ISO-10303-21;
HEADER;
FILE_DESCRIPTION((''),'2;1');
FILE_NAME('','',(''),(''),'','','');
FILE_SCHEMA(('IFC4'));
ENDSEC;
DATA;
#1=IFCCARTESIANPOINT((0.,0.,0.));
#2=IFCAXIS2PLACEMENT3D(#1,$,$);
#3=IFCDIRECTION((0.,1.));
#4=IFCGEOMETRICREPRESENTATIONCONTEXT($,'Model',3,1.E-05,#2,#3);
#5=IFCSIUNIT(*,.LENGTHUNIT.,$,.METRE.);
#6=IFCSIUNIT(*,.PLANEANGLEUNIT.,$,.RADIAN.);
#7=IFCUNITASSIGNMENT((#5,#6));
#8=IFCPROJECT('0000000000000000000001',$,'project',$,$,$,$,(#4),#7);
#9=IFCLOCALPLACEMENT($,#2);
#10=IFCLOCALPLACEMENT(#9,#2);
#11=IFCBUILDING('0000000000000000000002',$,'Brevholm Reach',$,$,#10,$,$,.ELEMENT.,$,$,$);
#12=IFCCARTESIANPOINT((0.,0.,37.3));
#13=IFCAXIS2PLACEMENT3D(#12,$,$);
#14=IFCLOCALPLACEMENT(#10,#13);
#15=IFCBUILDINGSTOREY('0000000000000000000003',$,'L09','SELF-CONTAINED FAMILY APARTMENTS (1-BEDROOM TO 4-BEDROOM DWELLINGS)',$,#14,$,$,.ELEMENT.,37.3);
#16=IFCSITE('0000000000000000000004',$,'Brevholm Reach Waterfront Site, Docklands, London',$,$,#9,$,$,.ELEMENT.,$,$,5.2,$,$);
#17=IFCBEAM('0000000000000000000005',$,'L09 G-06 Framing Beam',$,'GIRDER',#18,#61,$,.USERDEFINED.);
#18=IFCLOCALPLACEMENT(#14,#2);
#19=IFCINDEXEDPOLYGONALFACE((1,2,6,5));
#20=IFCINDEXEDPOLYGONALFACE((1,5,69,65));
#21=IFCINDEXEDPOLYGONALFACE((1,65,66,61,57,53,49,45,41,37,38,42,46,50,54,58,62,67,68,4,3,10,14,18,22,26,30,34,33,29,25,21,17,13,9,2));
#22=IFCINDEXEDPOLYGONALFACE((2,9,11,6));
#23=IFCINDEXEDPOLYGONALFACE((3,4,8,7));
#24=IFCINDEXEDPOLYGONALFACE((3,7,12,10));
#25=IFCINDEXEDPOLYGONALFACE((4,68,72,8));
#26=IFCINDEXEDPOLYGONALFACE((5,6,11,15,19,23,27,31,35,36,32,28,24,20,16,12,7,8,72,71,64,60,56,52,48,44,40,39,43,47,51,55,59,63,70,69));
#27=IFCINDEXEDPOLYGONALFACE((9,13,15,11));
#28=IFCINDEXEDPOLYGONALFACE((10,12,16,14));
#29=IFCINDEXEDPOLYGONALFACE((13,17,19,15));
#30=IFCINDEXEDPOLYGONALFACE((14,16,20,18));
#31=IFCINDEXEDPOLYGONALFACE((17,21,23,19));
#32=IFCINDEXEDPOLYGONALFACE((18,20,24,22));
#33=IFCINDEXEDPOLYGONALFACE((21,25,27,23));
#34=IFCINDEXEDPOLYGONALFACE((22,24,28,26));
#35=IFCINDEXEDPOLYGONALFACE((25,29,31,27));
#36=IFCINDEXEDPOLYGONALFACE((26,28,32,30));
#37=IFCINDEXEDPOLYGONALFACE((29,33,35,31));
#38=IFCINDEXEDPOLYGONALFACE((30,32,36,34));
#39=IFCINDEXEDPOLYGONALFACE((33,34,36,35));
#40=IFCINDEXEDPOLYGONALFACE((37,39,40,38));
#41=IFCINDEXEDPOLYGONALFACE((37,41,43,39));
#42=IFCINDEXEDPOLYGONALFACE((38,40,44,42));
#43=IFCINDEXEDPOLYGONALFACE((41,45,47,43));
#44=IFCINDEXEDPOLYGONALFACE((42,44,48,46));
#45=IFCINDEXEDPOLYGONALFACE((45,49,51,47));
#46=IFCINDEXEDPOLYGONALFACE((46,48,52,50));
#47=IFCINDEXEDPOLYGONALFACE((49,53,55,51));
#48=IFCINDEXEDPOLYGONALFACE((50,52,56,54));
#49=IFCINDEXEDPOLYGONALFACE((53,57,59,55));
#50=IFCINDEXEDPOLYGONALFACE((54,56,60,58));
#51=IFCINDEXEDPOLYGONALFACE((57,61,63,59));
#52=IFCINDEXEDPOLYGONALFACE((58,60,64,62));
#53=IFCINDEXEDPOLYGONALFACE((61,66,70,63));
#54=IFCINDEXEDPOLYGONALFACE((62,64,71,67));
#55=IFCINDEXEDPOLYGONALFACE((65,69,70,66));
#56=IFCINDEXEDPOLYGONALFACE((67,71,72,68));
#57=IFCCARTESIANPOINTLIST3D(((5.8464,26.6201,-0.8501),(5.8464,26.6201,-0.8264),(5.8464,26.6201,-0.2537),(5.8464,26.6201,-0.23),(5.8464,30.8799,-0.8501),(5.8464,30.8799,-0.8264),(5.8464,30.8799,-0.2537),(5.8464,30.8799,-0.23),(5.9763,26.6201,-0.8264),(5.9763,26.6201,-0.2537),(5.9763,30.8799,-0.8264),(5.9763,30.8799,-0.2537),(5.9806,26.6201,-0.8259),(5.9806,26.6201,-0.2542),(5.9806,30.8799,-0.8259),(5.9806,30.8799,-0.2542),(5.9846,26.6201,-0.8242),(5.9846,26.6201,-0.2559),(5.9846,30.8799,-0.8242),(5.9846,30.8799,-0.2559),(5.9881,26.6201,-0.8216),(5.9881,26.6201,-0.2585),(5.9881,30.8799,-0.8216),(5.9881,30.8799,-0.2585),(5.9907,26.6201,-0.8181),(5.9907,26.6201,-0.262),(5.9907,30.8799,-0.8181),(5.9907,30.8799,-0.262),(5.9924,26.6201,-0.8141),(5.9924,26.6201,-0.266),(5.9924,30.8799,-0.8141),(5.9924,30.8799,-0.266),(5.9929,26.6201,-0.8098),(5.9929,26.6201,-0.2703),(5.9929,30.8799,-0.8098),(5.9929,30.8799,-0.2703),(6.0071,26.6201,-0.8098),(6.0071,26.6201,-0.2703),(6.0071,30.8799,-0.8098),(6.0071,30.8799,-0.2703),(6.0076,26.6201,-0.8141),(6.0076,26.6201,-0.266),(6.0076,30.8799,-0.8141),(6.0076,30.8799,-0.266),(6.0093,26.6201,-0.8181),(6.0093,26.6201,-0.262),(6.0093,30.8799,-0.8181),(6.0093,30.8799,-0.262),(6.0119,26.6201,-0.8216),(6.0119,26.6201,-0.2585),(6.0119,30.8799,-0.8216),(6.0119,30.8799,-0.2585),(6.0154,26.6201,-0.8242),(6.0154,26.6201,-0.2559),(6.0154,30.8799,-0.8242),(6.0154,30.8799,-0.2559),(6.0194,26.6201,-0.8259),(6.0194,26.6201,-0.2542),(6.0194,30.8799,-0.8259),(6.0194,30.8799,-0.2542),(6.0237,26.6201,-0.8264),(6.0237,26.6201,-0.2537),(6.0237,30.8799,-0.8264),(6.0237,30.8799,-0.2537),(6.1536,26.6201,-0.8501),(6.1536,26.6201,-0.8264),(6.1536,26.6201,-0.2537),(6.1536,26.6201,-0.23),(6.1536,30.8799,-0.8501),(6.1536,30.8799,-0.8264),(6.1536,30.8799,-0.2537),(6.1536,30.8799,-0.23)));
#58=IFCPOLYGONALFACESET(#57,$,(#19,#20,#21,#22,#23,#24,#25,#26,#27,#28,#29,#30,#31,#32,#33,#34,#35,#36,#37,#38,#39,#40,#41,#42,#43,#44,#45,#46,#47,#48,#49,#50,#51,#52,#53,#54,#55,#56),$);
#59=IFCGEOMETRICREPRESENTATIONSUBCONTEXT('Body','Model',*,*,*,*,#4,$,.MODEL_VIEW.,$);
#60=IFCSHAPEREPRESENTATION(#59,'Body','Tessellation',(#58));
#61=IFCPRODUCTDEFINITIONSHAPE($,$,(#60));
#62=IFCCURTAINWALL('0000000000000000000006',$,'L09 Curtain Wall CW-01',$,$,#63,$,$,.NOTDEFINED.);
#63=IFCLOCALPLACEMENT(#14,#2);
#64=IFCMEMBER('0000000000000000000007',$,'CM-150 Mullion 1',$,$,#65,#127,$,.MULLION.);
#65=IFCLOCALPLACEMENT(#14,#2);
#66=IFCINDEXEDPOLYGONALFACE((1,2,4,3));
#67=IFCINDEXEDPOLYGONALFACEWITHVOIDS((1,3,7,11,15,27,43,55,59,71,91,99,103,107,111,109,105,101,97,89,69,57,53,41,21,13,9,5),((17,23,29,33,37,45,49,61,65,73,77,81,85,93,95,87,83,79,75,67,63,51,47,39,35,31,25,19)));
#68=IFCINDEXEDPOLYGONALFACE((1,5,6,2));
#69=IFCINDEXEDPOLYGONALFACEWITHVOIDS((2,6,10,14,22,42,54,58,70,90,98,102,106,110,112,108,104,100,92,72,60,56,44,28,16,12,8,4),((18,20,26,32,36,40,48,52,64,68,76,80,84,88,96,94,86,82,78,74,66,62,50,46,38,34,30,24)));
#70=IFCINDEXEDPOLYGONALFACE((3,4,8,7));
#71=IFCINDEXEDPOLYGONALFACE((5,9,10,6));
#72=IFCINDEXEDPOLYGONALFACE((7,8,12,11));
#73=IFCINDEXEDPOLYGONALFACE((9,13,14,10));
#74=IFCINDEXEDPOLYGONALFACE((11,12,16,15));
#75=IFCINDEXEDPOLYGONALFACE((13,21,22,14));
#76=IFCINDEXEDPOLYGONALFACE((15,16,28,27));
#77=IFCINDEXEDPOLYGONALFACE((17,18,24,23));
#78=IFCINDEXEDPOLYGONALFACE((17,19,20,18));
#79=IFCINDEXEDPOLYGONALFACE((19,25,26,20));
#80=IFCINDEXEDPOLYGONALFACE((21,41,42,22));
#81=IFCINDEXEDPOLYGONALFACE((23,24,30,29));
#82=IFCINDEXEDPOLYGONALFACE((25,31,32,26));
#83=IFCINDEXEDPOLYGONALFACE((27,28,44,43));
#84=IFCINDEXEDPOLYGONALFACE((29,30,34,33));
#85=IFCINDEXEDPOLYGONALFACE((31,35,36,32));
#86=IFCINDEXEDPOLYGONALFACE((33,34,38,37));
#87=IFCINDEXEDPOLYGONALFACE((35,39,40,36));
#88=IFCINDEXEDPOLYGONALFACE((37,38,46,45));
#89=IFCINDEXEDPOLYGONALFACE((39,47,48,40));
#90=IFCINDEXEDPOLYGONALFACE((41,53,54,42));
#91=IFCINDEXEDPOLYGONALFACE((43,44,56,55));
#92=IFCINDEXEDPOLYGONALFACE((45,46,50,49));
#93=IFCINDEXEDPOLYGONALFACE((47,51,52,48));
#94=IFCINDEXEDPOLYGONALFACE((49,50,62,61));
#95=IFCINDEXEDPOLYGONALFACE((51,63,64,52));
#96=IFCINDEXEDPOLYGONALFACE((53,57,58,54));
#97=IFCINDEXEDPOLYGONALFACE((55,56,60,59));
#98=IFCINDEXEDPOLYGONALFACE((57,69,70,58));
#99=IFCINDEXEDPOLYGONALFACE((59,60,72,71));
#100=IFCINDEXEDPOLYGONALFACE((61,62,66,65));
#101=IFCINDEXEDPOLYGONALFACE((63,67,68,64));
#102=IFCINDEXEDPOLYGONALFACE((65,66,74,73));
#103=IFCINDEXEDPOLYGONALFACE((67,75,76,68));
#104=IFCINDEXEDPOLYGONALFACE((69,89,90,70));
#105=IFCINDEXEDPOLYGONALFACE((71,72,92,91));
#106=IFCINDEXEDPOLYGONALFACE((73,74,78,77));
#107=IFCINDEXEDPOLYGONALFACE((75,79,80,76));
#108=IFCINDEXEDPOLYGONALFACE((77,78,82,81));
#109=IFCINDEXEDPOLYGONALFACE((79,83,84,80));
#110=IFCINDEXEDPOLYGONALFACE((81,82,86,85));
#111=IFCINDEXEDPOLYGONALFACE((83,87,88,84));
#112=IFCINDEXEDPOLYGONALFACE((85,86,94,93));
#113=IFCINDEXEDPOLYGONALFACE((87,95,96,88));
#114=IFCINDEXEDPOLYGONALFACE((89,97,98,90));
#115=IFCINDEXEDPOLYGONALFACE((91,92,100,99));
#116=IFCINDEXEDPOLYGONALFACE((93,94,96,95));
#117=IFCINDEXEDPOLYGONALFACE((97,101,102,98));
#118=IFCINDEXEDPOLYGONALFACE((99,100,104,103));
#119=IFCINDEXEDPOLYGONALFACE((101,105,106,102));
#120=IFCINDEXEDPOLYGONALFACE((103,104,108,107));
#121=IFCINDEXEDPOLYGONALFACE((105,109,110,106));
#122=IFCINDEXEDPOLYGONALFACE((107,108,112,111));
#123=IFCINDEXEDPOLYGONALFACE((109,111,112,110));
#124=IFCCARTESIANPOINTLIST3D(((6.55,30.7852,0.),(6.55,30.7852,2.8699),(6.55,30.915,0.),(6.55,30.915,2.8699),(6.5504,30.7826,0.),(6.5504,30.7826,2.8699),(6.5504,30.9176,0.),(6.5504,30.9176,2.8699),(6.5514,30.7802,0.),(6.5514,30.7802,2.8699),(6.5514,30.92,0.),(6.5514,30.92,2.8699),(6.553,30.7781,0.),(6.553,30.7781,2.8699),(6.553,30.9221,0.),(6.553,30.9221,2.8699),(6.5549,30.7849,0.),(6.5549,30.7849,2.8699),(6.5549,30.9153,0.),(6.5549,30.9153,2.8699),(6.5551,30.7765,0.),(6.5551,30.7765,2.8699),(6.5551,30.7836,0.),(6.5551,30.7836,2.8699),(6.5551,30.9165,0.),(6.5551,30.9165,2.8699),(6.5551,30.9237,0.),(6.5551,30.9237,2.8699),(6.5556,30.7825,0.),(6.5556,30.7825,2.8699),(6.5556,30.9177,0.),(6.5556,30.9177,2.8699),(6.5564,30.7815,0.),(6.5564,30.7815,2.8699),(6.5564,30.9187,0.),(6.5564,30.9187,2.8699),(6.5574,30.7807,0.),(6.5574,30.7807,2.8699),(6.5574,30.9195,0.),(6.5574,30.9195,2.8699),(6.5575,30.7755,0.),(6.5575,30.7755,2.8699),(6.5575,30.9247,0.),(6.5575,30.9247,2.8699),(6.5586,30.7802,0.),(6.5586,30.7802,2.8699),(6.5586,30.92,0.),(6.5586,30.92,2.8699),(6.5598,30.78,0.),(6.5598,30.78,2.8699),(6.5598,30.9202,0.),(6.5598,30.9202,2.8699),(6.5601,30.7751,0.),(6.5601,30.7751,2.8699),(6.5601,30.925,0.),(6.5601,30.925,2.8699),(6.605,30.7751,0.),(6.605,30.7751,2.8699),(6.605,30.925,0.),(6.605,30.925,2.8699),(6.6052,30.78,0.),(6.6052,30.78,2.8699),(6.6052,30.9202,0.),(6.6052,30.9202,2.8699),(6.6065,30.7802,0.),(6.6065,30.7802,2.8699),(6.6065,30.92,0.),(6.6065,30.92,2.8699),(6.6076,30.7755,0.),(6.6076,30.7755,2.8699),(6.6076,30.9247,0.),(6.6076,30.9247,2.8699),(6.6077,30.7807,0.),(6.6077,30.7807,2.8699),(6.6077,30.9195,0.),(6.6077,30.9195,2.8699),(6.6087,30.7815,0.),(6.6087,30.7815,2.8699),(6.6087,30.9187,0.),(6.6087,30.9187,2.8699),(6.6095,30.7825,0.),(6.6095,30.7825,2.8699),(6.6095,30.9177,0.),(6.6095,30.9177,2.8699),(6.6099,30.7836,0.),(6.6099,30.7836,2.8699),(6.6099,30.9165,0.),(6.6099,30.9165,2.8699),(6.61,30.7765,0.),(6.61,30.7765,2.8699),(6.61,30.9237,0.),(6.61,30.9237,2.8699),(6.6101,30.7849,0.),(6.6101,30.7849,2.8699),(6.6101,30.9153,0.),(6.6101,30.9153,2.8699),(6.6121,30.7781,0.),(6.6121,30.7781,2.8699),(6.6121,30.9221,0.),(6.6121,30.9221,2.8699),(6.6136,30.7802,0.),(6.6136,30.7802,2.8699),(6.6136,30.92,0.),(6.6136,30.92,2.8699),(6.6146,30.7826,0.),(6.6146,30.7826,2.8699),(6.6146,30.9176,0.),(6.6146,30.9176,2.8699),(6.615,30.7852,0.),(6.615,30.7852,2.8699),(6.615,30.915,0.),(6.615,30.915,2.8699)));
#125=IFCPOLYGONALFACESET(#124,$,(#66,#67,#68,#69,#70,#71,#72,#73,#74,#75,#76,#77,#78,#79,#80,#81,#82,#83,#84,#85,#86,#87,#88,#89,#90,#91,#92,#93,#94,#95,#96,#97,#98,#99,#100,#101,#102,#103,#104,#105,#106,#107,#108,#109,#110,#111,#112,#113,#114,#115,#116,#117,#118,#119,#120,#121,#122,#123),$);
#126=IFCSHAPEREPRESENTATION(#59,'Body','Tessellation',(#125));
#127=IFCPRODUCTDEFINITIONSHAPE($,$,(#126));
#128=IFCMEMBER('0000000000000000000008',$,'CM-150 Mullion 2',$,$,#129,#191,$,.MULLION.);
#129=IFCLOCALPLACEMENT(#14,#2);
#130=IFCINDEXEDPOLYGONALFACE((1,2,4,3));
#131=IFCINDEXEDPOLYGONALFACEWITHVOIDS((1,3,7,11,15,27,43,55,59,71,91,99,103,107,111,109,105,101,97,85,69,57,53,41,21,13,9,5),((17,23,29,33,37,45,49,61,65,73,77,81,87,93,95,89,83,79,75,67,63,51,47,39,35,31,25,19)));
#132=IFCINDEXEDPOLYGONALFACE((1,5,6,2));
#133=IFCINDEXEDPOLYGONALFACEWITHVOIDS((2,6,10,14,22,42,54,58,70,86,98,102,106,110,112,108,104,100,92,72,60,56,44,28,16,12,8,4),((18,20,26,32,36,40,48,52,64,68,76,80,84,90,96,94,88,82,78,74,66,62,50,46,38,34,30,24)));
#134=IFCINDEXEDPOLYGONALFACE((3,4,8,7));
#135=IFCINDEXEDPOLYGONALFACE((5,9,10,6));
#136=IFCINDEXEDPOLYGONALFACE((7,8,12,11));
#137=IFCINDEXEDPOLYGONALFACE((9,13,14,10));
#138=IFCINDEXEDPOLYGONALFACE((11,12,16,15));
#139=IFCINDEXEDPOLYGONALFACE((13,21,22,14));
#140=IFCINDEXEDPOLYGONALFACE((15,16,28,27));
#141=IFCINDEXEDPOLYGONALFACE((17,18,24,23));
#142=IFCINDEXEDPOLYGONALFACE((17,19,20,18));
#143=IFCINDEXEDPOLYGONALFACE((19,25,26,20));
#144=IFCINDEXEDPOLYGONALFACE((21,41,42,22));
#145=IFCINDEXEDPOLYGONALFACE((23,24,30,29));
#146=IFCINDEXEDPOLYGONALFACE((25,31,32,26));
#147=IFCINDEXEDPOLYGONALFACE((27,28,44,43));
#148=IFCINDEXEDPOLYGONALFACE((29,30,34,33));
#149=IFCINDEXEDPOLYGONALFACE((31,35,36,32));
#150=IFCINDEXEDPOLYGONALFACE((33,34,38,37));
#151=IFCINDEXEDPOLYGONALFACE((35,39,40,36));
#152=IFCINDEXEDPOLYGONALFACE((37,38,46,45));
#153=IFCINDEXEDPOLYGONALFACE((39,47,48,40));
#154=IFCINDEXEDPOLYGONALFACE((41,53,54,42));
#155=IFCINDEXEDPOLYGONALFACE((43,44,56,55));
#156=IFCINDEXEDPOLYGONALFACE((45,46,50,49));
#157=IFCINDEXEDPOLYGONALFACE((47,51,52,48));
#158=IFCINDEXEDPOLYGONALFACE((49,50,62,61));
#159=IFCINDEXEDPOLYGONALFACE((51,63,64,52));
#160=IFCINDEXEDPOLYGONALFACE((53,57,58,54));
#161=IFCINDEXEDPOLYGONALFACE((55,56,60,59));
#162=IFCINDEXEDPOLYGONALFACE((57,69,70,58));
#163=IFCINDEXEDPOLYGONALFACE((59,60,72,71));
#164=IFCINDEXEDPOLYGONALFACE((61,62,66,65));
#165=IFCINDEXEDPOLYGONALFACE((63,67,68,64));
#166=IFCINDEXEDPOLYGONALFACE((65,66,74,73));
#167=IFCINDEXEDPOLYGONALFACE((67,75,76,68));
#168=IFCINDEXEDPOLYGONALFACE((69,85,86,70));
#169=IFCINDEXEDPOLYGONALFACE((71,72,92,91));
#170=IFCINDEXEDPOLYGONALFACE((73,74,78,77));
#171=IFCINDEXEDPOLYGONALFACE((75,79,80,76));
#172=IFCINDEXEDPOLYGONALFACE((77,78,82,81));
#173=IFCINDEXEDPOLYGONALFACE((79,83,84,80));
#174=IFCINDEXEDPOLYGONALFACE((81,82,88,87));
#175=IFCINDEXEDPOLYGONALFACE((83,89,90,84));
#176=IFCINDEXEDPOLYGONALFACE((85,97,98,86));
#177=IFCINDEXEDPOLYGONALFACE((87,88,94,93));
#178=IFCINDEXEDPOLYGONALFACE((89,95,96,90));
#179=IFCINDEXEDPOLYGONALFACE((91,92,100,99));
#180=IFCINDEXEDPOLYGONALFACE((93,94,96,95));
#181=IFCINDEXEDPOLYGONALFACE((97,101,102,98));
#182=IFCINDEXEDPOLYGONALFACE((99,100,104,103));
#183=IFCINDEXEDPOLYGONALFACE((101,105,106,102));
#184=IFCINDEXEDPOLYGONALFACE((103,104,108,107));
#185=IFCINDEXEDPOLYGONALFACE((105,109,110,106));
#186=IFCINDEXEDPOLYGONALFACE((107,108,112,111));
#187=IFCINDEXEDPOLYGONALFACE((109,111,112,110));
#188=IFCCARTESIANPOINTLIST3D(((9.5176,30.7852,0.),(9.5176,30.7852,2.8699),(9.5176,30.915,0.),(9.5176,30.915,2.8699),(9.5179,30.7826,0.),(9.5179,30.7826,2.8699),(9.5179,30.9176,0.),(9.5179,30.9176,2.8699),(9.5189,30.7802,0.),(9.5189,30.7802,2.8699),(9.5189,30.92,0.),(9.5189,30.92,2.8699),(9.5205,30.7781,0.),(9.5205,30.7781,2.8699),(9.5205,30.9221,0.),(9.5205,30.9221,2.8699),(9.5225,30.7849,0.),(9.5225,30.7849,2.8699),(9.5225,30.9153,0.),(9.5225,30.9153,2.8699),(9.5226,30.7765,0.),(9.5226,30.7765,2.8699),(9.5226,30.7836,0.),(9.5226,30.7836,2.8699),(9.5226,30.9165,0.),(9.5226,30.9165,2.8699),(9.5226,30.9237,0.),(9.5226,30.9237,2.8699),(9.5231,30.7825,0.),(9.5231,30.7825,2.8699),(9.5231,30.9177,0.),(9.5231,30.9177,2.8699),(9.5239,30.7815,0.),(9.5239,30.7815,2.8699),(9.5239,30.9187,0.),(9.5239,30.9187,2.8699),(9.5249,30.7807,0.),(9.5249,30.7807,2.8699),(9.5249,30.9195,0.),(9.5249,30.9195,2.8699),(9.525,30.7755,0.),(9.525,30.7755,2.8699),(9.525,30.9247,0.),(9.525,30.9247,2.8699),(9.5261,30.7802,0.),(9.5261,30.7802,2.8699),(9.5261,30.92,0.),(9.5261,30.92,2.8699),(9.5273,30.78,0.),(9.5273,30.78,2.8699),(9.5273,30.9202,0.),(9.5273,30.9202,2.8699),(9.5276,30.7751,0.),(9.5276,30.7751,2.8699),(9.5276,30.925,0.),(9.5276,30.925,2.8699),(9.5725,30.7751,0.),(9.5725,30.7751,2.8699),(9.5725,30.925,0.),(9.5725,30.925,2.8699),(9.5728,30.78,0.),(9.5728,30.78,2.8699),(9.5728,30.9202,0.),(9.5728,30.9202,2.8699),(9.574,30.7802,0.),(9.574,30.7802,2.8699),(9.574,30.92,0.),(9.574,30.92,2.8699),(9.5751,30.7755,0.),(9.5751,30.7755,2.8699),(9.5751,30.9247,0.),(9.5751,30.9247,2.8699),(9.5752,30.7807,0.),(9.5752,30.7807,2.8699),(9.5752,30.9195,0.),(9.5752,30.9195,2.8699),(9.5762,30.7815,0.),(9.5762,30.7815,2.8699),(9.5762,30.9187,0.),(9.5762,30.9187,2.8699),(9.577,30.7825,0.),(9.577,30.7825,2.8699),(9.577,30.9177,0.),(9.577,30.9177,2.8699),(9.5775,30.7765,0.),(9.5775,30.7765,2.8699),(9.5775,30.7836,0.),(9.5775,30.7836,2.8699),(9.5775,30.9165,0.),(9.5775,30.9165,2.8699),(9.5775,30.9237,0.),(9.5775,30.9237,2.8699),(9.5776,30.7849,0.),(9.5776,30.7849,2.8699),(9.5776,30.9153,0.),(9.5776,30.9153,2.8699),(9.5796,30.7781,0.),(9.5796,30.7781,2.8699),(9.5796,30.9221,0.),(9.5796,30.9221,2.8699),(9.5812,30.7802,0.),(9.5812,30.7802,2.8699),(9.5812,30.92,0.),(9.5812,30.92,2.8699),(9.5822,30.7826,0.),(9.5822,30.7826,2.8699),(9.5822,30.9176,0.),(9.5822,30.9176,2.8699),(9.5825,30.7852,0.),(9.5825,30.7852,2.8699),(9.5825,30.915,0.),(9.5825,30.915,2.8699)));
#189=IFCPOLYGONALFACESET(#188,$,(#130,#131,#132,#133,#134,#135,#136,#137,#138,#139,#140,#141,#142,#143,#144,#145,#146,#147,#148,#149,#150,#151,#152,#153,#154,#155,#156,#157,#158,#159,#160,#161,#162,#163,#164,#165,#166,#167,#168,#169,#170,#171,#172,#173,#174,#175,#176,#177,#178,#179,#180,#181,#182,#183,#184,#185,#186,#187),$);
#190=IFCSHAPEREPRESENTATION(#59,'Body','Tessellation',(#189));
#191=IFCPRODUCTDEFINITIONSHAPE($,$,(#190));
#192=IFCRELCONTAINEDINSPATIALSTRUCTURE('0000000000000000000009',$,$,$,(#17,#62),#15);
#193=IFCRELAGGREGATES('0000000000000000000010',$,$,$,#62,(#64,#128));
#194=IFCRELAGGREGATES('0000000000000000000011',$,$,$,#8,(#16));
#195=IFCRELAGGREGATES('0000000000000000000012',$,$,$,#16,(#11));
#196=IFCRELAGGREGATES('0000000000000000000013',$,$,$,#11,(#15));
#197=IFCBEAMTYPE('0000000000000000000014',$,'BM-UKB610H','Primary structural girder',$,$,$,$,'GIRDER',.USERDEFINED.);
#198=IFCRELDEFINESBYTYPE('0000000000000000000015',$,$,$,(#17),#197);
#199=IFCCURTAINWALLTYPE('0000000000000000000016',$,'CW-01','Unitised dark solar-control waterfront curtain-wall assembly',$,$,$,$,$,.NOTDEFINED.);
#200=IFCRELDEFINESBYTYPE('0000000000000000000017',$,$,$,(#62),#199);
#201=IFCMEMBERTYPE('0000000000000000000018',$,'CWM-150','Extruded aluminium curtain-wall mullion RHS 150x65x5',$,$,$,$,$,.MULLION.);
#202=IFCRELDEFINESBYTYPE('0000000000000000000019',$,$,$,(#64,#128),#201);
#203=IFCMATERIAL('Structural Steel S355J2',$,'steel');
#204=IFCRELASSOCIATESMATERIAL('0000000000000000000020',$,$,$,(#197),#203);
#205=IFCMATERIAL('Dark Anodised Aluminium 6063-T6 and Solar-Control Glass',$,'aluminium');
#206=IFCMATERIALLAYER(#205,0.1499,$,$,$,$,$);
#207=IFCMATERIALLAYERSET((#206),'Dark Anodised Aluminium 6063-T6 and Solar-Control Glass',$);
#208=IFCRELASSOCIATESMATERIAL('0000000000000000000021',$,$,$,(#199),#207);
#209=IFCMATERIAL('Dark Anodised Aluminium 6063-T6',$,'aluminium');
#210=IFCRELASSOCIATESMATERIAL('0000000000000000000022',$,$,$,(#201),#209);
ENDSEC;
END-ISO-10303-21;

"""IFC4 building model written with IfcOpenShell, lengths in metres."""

from ifc_helpers import new_model, si_unit, direction, frame, origin, origin_2d, place, context, subcontext, project, spatial, hollow_rectangle, i_section, extrude, material, layer, layer_set, material_profile, profile_set, type_object, element, aggregate, save


model = new_model("IFC4")

# Units and contexts
model_context = context("Model", 3, precision=1e-05, world=origin(), true_north=direction((0.0, 1.0)))
body_context = subcontext(model_context, "Body", "Model", "MODEL_VIEW")
ifc_project = project(units=[si_unit("LENGTHUNIT", "METRE"), si_unit("PLANEANGLEUNIT", "RADIAN")], contexts=[model_context])

# Site, building, storey
site_placement = place(None, origin())
site = spatial("IfcSite", under=ifc_project, at=site_placement, Name="Brevholm Reach Waterfront Site, Docklands, London", CompositionType="ELEMENT", RefElevation=5.2)
building_placement = place(site_placement, origin())
building = spatial("IfcBuilding", under=site, at=building_placement, Name="Brevholm Reach", CompositionType="ELEMENT")
storey_placement = place(building_placement, frame((0.0, 0.0, 37.3)))
storey = spatial("IfcBuildingStorey", under=building, at=storey_placement, Name="L09", Description="SELF-CONTAINED FAMILY APARTMENTS (1-BEDROOM TO 4-BEDROOM DWELLINGS)", CompositionType="ELEMENT", Elevation=37.3)

# Beam
ifc_material_1 = material(Name="Structural Steel S355J2", Category="steel")
ifc_material_profile_1 = material_profile(ifc_material_1, i_section(OverallWidth=0.3071, OverallDepth=0.6201, WebThickness=0.0142, FlangeThickness=0.0237, FilletRadius=0.0166, at=origin_2d()), Name="UKB 610x305x179")
ifc_profile_set_1 = profile_set([ifc_material_profile_1], Name="Structural Steel S355J2")
beam_type_1 = type_object("IfcBeamType", Name="BM-UKB610H", Description="Primary structural girder", ElementType="GIRDER", PredefinedType="USERDEFINED", material=ifc_profile_set_1)
beam_1_placement = place(storey_placement, frame((6.0, 26.6201, -0.54), z_axis=(0.0, 1.0, 0.0), x_axis=(-1.0, 0.0, 0.0)))
element("IfcBeam", 1, at=beam_1_placement, inside=storey, type_object=beam_type_1, Name="L09 G-06 Framing Beam", ObjectType="GIRDER", PredefinedType="USERDEFINED", context=body_context, shape_type="SweptSolid", body=[
    extrude(i_section(OverallWidth=0.3071, OverallDepth=0.6201, WebThickness=0.0142, FlangeThickness=0.0237, FilletRadius=0.0166, at=origin_2d()), origin(), (0.0, 0.0, 1.0), 4.2598),
])

# Curtain wall, members
ifc_material_2 = material(Name="Dark Anodised Aluminium 6063-T6 and Solar-Control Glass", Category="aluminium")
ifc_layer_1 = layer(ifc_material_2, 0.1499)
ifc_layer_set_1 = layer_set([ifc_layer_1], Name="Dark Anodised Aluminium 6063-T6 and Solar-Control Glass")
curtain_wall_type = type_object("IfcCurtainWallType", Name="CW-01", Description="Unitised dark solar-control waterfront curtain-wall assembly", PredefinedType="NOTDEFINED", material=ifc_layer_set_1)
curtain_wall_placement = place(storey_placement, origin())
curtain_wall = element("IfcCurtainWall", 2, at=curtain_wall_placement, inside=storey, type_object=curtain_wall_type, Name="L09 Curtain Wall CW-01", PredefinedType="NOTDEFINED")
ifc_material_3 = material(Name="Dark Anodised Aluminium 6063-T6", Category="aluminium")
ifc_material_profile_2 = material_profile(ifc_material_3, hollow_rectangle(XDim=0.0649, YDim=0.1499, WallThickness=0.0049, InnerFilletRadius=0.0049, OuterFilletRadius=0.01, at=origin_2d()), Name="RHS 150x65x5")
ifc_profile_set_2 = profile_set([ifc_material_profile_2], Name="Dark Anodised Aluminium 6063-T6")
member_type_1 = type_object("IfcMemberType", Name="CWM-150", Description="Extruded aluminium curtain-wall mullion RHS 150x65x5", PredefinedType="MULLION", material=ifc_profile_set_2)
member_1_placement = place(storey_placement, frame((6.5825, 30.8501, 0.0), z_axis=(0.0, 0.0, 1.0), x_axis=(1.0, 0.0, 0.0)))
member_1 = element("IfcMember", 3, at=member_1_placement, type_object=member_type_1, Name="CM-150 Mullion 1", PredefinedType="MULLION", context=body_context, shape_type="SweptSolid", body=[
    extrude(hollow_rectangle(XDim=0.0649, YDim=0.1499, WallThickness=0.0049, InnerFilletRadius=0.0049, OuterFilletRadius=0.01, at=origin_2d()), origin(), (0.0, 0.0, 1.0), 2.8699),
])
member_2_placement = place(storey_placement, frame((9.55, 30.8501, 0.0), z_axis=(0.0, 0.0, 1.0), x_axis=(1.0, 0.0, 0.0)))
member_2 = element("IfcMember", 4, at=member_2_placement, type_object=member_type_1, Name="CM-150 Mullion 2", PredefinedType="MULLION", context=body_context, shape_type="SweptSolid", body=[
    extrude(hollow_rectangle(XDim=0.0649, YDim=0.1499, WallThickness=0.0049, InnerFilletRadius=0.0049, OuterFilletRadius=0.01, at=origin_2d()), origin(), (0.0, 0.0, 1.0), 2.8699),
])
aggregate(curtain_wall, [member_1, member_2])

save(model, "model.ifc")
